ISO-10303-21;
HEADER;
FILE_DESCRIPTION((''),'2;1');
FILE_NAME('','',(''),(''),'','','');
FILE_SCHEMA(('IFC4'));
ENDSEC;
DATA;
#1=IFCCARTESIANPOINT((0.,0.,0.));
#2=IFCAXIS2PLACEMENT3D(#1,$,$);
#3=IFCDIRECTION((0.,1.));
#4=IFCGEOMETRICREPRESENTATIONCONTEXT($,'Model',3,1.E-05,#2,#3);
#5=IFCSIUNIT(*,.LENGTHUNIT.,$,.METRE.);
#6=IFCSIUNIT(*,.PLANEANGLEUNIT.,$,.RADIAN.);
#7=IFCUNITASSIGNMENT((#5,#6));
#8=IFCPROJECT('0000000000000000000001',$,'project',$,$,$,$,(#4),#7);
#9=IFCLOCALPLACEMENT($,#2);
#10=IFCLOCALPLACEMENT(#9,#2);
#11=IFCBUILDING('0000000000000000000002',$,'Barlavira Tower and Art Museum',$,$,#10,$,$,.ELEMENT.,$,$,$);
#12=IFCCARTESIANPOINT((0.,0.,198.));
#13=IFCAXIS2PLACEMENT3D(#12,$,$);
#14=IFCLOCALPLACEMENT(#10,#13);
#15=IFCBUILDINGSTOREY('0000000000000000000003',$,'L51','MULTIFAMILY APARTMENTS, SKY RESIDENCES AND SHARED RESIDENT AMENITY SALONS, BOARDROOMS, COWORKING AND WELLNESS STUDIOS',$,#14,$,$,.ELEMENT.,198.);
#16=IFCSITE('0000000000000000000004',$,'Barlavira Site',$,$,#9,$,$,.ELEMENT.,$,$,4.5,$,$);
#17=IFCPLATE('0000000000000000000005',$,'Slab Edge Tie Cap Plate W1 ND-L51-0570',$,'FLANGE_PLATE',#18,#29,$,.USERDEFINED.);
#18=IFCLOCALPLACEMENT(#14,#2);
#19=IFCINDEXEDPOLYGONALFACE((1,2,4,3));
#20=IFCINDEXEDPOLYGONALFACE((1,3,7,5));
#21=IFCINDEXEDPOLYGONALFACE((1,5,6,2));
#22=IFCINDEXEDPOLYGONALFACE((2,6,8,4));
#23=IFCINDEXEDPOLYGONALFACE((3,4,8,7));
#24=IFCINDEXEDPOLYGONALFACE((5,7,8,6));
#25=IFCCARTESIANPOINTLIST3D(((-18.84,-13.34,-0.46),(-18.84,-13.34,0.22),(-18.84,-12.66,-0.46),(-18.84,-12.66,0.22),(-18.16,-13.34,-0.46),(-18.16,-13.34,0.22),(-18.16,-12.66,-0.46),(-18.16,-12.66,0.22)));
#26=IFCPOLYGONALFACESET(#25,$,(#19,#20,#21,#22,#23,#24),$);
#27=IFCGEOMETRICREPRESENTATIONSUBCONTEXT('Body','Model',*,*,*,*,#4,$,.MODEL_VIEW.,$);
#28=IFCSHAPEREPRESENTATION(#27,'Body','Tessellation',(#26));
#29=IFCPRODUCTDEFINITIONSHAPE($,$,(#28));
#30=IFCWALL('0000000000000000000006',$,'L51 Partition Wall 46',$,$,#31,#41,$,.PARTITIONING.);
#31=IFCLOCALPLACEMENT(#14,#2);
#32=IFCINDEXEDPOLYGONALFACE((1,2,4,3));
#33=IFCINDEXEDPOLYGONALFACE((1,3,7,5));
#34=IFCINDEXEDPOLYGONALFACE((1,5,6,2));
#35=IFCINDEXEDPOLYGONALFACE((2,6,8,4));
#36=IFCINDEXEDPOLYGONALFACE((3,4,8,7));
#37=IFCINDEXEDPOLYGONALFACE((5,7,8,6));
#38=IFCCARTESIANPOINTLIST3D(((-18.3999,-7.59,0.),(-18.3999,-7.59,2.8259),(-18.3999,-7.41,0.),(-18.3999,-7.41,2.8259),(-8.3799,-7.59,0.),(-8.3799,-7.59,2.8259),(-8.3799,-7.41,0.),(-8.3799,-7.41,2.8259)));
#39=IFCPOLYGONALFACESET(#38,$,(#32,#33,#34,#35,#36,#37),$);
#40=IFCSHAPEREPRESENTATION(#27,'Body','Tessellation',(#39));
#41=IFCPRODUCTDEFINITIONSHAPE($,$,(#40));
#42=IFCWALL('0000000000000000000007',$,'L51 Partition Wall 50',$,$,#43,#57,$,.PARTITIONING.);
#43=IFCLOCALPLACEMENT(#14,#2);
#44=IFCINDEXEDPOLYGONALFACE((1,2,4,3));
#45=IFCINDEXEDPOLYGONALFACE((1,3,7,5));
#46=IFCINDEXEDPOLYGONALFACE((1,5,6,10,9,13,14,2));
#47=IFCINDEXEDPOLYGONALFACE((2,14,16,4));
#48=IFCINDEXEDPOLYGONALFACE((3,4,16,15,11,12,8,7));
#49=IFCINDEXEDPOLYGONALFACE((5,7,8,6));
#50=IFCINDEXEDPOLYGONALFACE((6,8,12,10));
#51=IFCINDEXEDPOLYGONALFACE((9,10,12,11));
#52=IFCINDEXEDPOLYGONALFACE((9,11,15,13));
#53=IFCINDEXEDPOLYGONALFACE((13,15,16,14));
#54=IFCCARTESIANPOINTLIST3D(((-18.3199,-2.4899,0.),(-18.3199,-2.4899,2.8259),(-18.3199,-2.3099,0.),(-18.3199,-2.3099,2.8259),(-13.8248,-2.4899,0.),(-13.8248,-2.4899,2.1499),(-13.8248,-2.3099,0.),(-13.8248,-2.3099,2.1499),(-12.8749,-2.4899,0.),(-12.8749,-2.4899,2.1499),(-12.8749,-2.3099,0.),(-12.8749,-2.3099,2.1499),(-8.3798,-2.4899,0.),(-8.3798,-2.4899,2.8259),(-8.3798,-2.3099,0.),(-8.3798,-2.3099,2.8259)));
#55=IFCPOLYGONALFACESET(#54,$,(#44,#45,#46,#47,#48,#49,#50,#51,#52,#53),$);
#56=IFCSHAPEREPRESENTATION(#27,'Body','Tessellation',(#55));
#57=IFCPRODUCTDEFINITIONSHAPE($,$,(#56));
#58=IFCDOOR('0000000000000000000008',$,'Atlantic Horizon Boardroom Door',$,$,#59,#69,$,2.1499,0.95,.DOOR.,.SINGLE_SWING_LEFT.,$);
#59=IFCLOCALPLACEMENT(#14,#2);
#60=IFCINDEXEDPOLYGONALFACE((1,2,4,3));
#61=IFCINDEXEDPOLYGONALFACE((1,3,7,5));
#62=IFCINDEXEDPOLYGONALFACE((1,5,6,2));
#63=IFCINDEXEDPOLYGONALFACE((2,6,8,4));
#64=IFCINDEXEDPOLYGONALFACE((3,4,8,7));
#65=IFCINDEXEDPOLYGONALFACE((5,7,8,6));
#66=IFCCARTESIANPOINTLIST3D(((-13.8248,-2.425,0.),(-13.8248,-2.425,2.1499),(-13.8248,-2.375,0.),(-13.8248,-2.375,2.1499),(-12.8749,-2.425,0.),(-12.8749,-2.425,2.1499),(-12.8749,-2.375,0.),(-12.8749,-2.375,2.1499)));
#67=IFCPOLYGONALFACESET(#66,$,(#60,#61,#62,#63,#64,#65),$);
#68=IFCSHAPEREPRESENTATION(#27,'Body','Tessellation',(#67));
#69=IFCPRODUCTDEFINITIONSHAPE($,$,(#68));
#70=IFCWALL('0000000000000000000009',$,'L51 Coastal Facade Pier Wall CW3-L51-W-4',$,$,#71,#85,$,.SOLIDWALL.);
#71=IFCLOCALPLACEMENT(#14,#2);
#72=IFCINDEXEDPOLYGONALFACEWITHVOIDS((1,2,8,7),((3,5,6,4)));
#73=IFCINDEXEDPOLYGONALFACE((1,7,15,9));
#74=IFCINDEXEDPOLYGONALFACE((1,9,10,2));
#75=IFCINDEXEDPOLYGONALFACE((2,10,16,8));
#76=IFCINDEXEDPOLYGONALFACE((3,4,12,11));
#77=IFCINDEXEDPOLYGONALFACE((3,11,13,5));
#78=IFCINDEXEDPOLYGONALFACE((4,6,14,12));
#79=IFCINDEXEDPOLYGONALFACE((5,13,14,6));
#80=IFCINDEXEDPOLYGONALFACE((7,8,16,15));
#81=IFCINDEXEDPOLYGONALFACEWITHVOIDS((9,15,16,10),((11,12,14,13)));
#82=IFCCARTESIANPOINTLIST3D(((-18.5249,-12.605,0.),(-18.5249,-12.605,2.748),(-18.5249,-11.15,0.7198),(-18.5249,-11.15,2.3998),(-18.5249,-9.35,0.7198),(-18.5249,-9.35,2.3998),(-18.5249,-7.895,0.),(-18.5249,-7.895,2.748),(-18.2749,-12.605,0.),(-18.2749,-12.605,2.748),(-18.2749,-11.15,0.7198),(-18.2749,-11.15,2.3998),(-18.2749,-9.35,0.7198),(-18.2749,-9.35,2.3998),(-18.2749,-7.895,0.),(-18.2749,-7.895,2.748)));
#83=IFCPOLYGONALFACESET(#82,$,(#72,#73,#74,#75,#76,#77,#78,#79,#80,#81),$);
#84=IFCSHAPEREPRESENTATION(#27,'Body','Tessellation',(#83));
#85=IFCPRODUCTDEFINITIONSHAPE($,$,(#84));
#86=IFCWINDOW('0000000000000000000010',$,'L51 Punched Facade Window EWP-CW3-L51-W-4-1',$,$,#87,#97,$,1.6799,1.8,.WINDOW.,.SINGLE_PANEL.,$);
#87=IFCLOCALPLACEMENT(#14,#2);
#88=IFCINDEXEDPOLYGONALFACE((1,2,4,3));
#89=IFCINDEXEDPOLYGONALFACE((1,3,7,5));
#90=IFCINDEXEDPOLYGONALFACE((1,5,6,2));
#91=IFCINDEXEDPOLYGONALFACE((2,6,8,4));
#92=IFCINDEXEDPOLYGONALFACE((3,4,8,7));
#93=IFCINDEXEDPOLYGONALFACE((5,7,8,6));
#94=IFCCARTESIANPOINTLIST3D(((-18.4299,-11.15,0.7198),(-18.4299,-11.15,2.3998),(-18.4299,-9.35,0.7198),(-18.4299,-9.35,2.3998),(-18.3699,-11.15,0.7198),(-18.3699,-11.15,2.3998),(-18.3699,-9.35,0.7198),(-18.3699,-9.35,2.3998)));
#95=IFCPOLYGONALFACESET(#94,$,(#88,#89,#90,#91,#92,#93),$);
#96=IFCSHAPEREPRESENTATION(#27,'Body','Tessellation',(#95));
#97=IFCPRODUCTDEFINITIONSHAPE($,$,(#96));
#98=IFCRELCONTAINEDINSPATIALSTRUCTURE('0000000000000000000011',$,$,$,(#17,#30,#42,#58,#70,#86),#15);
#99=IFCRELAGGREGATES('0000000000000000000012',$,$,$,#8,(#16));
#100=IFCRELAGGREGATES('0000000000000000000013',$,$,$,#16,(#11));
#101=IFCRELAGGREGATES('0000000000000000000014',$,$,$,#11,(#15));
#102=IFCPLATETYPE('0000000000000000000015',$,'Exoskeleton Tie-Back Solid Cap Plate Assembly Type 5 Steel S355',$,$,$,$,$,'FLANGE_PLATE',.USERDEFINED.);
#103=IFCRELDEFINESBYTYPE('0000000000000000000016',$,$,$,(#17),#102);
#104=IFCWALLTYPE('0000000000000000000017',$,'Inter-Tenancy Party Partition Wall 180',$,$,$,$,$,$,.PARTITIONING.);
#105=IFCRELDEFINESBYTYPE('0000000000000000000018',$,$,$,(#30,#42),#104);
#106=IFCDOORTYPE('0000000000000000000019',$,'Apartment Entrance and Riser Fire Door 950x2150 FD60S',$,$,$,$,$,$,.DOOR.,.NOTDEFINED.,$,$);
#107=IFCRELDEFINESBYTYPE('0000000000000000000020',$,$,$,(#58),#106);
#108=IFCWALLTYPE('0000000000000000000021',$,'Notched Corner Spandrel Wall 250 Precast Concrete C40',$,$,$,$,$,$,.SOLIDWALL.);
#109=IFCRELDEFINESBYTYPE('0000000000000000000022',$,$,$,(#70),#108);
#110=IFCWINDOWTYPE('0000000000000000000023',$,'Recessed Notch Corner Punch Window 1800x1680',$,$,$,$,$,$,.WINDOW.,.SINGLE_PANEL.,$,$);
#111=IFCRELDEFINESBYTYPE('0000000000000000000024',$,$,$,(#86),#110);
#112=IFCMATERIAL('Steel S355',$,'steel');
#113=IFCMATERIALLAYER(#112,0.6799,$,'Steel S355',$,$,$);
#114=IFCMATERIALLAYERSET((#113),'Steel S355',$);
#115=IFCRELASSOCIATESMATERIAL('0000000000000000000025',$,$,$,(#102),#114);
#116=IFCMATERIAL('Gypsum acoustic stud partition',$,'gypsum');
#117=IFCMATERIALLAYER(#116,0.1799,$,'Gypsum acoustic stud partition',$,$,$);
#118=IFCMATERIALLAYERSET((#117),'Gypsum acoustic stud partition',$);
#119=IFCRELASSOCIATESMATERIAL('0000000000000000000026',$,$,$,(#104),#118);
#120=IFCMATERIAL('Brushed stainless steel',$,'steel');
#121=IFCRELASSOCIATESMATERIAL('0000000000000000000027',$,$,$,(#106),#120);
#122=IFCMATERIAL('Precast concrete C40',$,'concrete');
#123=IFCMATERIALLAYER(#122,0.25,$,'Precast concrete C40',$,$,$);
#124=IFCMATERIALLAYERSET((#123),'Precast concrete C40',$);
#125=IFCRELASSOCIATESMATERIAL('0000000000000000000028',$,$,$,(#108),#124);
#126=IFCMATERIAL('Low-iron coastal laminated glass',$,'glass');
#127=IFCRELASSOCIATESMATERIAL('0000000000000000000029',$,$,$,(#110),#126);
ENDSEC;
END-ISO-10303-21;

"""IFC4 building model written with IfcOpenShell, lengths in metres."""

from ifc_helpers import new_model, si_unit, direction, frame, frame_2d, origin, origin_2d, place, context, subcontext, project, spatial, rectangle, extrude, material, layer, layer_set, type_object, element, fill, save


model = new_model("IFC4")

# Units and contexts
model_context = context("Model", 3, precision=1e-05, world=origin(), true_north=direction((0.0, 1.0)))
body_context = subcontext(model_context, "Body", "Model", "MODEL_VIEW")
ifc_project = project(units=[si_unit("LENGTHUNIT", "METRE"), si_unit("PLANEANGLEUNIT", "RADIAN")], contexts=[model_context])

# Site, building, storey
site_placement = place(None, origin())
site = spatial("IfcSite", under=ifc_project, at=site_placement, Name="Barlavira Site", CompositionType="ELEMENT", RefElevation=4.5)
building_placement = place(site_placement, origin())
building = spatial("IfcBuilding", under=site, at=building_placement, Name="Barlavira Tower and Art Museum", CompositionType="ELEMENT")
storey_placement = place(building_placement, frame((0.0, 0.0, 198.0)))
storey = spatial("IfcBuildingStorey", under=building, at=storey_placement, Name="L51", Description="MULTIFAMILY APARTMENTS, SKY RESIDENCES AND SHARED RESIDENT AMENITY SALONS, BOARDROOMS, COWORKING AND WELLNESS STUDIOS", CompositionType="ELEMENT", Elevation=198.0)

# Shared definitions
ifc_material_1 = material(Name="Low-iron coastal laminated glass", Category="glass")

# Shared definitions
ifc_material_2 = material(Name="Steel S355", Category="steel")

# Plate
ifc_layer_1 = layer(ifc_material_2, 0.6799, Name="Steel S355")
ifc_layer_set_1 = layer_set([ifc_layer_1], Name="Steel S355")
plate_type_1 = type_object("IfcPlateType", Name="Exoskeleton Tie-Back Solid Cap Plate Assembly Type 5 Steel S355", ElementType="FLANGE_PLATE", PredefinedType="USERDEFINED", material=ifc_layer_set_1)
plate_1_placement = place(storey_placement, frame((-18.5, -13.0, -0.46), z_axis=(0.0, 0.0, 1.0), x_axis=(1.0, 0.0, 0.0)))
element("IfcPlate", 1, at=plate_1_placement, inside=storey, type_object=plate_type_1, Name="Slab Edge Tie Cap Plate W1 ND-L51-0570", ObjectType="FLANGE_PLATE", PredefinedType="USERDEFINED", context=body_context, shape_type="SweptSolid", body=[
    extrude(rectangle(XDim=0.6799, YDim=0.6799, at=origin_2d()), origin(), (0.0, 0.0, 1.0), 0.6799),
])

# Wall
ifc_material_3 = material(Name="Gypsum acoustic stud partition", Category="gypsum")
ifc_layer_2 = layer(ifc_material_3, 0.1799, Name="Gypsum acoustic stud partition")
ifc_layer_set_2 = layer_set([ifc_layer_2], Name="Gypsum acoustic stud partition")
wall_type_1 = type_object("IfcWallType", Name="Inter-Tenancy Party Partition Wall 180", PredefinedType="PARTITIONING", material=ifc_layer_set_2)
wall_1_placement = place(storey_placement, frame((-18.3999, -7.5, 0.0), z_axis=(0.0, 0.0, 1.0), x_axis=(1.0, 0.0, 0.0)))
element("IfcWall", 2, at=wall_1_placement, inside=storey, type_object=wall_type_1, Name="L51 Partition Wall 46", PredefinedType="PARTITIONING", context=body_context, shape_type="SweptSolid", body=[
    extrude(rectangle(XDim=10.02, YDim=0.1799, at=frame_2d((5.01, 0.0))), origin(), (0.0, 0.0, 1.0), 2.8259),
])

# Wall, opening, door
wall_2_placement = place(storey_placement, frame((-18.3201, -2.3999, 0.0), z_axis=(0.0, 0.0, 1.0), x_axis=(1.0, 0.0, 0.0)))
wall_2 = element("IfcWall", 3, at=wall_2_placement, inside=storey, type_object=wall_type_1, Name="L51 Partition Wall 50", PredefinedType="PARTITIONING", context=body_context, shape_type="SweptSolid", body=[
    extrude(rectangle(XDim=9.9402, YDim=0.1799, at=frame_2d((4.9702, 0.0))), origin(), (0.0, 0.0, 1.0), 2.8259),
])
opening_1_placement = place(wall_2_placement, frame((4.4951, 0.0, 0.0)))
opening_1 = element("IfcOpeningElement", 4, at=opening_1_placement, cuts=wall_2, PredefinedType="OPENING", context=body_context, shape_type="SweptSolid", body=[
    extrude(rectangle(XDim=0.95, YDim=2.1499, at=frame_2d((0.4751, 1.075))), frame((0.0, 0.1001, 0.0), z_axis=(0.0, -1.0, 0.0), x_axis=(1.0, 0.0, 0.0)), (0.0, 0.0, 1.0), 0.2),
])
ifc_material_4 = material(Name="Brushed stainless steel", Category="steel")
door_type = type_object("IfcDoorType", Name="Apartment Entrance and Riser Fire Door 950x2150 FD60S", OperationType="NOTDEFINED", PredefinedType="DOOR", material=ifc_material_4)
door_placement = place(opening_1_placement, origin())
door = element("IfcDoor", 5, at=door_placement, inside=storey, type_object=door_type, Name="Atlantic Horizon Boardroom Door", OperationType="SINGLE_SWING_LEFT", OverallHeight=2.1499, OverallWidth=0.95, PredefinedType="DOOR", context=body_context, shape_type="SweptSolid", body=[
    extrude(rectangle(XDim=0.95, YDim=2.1499, at=frame_2d((0.4751, 1.075))), frame((0.0, 0.0249, 0.0), z_axis=(0.0, -1.0, 0.0), x_axis=(1.0, 0.0, 0.0)), (0.0, 0.0, 1.0), 0.05),
])
fill(opening_1, door)

# Wall, opening, window
ifc_material_5 = material(Name="Precast concrete C40", Category="concrete")
ifc_layer_3 = layer(ifc_material_5, 0.25, Name="Precast concrete C40")
ifc_layer_set_3 = layer_set([ifc_layer_3], Name="Precast concrete C40")
wall_type_2 = type_object("IfcWallType", Name="Notched Corner Spandrel Wall 250 Precast Concrete C40", PredefinedType="SOLIDWALL", material=ifc_layer_set_3)
wall_3_placement = place(storey_placement, frame((-18.3999, -7.895, 0.0), z_axis=(0.0, 0.0, 1.0), x_axis=(0.0, -1.0, 0.0)))
wall_3 = element("IfcWall", 6, at=wall_3_placement, inside=storey, type_object=wall_type_2, Name="L51 Coastal Facade Pier Wall CW3-L51-W-4", PredefinedType="SOLIDWALL", context=body_context, shape_type="SweptSolid", body=[
    extrude(rectangle(XDim=4.71, YDim=0.25, at=frame_2d((2.355, 0.0))), origin(), (0.0, 0.0, 1.0), 2.748),
])
opening_2_placement = place(wall_3_placement, frame((1.4551, 0.0, 0.72)))
opening_2 = element("IfcOpeningElement", 7, at=opening_2_placement, cuts=wall_3, PredefinedType="OPENING", context=body_context, shape_type="SweptSolid", body=[
    extrude(rectangle(XDim=1.8, YDim=1.6799, at=frame_2d((0.8999, 0.8398))), frame((0.0, 0.135, 0.0), z_axis=(0.0, -1.0, 0.0), x_axis=(1.0, 0.0, 0.0)), (0.0, 0.0, 1.0), 0.27),
])
window_type = type_object("IfcWindowType", Name="Recessed Notch Corner Punch Window 1800x1680", PartitioningType="SINGLE_PANEL", PredefinedType="WINDOW", material=ifc_material_1)
window_placement = place(opening_2_placement, origin())
window = element("IfcWindow", 8, at=window_placement, inside=storey, type_object=window_type, Name="L51 Punched Facade Window EWP-CW3-L51-W-4-1", OverallHeight=1.6799, OverallWidth=1.8, PartitioningType="SINGLE_PANEL", PredefinedType="WINDOW", context=body_context, shape_type="SweptSolid", body=[
    extrude(rectangle(XDim=1.8, YDim=1.6799, at=frame_2d((0.8999, 0.8398))), frame((0.0, 0.03, 0.0), z_axis=(0.0, -1.0, 0.0), x_axis=(1.0, 0.0, 0.0)), (0.0, 0.0, 1.0), 0.0601),
])
fill(opening_2, window)

save(model, "model.ifc")
